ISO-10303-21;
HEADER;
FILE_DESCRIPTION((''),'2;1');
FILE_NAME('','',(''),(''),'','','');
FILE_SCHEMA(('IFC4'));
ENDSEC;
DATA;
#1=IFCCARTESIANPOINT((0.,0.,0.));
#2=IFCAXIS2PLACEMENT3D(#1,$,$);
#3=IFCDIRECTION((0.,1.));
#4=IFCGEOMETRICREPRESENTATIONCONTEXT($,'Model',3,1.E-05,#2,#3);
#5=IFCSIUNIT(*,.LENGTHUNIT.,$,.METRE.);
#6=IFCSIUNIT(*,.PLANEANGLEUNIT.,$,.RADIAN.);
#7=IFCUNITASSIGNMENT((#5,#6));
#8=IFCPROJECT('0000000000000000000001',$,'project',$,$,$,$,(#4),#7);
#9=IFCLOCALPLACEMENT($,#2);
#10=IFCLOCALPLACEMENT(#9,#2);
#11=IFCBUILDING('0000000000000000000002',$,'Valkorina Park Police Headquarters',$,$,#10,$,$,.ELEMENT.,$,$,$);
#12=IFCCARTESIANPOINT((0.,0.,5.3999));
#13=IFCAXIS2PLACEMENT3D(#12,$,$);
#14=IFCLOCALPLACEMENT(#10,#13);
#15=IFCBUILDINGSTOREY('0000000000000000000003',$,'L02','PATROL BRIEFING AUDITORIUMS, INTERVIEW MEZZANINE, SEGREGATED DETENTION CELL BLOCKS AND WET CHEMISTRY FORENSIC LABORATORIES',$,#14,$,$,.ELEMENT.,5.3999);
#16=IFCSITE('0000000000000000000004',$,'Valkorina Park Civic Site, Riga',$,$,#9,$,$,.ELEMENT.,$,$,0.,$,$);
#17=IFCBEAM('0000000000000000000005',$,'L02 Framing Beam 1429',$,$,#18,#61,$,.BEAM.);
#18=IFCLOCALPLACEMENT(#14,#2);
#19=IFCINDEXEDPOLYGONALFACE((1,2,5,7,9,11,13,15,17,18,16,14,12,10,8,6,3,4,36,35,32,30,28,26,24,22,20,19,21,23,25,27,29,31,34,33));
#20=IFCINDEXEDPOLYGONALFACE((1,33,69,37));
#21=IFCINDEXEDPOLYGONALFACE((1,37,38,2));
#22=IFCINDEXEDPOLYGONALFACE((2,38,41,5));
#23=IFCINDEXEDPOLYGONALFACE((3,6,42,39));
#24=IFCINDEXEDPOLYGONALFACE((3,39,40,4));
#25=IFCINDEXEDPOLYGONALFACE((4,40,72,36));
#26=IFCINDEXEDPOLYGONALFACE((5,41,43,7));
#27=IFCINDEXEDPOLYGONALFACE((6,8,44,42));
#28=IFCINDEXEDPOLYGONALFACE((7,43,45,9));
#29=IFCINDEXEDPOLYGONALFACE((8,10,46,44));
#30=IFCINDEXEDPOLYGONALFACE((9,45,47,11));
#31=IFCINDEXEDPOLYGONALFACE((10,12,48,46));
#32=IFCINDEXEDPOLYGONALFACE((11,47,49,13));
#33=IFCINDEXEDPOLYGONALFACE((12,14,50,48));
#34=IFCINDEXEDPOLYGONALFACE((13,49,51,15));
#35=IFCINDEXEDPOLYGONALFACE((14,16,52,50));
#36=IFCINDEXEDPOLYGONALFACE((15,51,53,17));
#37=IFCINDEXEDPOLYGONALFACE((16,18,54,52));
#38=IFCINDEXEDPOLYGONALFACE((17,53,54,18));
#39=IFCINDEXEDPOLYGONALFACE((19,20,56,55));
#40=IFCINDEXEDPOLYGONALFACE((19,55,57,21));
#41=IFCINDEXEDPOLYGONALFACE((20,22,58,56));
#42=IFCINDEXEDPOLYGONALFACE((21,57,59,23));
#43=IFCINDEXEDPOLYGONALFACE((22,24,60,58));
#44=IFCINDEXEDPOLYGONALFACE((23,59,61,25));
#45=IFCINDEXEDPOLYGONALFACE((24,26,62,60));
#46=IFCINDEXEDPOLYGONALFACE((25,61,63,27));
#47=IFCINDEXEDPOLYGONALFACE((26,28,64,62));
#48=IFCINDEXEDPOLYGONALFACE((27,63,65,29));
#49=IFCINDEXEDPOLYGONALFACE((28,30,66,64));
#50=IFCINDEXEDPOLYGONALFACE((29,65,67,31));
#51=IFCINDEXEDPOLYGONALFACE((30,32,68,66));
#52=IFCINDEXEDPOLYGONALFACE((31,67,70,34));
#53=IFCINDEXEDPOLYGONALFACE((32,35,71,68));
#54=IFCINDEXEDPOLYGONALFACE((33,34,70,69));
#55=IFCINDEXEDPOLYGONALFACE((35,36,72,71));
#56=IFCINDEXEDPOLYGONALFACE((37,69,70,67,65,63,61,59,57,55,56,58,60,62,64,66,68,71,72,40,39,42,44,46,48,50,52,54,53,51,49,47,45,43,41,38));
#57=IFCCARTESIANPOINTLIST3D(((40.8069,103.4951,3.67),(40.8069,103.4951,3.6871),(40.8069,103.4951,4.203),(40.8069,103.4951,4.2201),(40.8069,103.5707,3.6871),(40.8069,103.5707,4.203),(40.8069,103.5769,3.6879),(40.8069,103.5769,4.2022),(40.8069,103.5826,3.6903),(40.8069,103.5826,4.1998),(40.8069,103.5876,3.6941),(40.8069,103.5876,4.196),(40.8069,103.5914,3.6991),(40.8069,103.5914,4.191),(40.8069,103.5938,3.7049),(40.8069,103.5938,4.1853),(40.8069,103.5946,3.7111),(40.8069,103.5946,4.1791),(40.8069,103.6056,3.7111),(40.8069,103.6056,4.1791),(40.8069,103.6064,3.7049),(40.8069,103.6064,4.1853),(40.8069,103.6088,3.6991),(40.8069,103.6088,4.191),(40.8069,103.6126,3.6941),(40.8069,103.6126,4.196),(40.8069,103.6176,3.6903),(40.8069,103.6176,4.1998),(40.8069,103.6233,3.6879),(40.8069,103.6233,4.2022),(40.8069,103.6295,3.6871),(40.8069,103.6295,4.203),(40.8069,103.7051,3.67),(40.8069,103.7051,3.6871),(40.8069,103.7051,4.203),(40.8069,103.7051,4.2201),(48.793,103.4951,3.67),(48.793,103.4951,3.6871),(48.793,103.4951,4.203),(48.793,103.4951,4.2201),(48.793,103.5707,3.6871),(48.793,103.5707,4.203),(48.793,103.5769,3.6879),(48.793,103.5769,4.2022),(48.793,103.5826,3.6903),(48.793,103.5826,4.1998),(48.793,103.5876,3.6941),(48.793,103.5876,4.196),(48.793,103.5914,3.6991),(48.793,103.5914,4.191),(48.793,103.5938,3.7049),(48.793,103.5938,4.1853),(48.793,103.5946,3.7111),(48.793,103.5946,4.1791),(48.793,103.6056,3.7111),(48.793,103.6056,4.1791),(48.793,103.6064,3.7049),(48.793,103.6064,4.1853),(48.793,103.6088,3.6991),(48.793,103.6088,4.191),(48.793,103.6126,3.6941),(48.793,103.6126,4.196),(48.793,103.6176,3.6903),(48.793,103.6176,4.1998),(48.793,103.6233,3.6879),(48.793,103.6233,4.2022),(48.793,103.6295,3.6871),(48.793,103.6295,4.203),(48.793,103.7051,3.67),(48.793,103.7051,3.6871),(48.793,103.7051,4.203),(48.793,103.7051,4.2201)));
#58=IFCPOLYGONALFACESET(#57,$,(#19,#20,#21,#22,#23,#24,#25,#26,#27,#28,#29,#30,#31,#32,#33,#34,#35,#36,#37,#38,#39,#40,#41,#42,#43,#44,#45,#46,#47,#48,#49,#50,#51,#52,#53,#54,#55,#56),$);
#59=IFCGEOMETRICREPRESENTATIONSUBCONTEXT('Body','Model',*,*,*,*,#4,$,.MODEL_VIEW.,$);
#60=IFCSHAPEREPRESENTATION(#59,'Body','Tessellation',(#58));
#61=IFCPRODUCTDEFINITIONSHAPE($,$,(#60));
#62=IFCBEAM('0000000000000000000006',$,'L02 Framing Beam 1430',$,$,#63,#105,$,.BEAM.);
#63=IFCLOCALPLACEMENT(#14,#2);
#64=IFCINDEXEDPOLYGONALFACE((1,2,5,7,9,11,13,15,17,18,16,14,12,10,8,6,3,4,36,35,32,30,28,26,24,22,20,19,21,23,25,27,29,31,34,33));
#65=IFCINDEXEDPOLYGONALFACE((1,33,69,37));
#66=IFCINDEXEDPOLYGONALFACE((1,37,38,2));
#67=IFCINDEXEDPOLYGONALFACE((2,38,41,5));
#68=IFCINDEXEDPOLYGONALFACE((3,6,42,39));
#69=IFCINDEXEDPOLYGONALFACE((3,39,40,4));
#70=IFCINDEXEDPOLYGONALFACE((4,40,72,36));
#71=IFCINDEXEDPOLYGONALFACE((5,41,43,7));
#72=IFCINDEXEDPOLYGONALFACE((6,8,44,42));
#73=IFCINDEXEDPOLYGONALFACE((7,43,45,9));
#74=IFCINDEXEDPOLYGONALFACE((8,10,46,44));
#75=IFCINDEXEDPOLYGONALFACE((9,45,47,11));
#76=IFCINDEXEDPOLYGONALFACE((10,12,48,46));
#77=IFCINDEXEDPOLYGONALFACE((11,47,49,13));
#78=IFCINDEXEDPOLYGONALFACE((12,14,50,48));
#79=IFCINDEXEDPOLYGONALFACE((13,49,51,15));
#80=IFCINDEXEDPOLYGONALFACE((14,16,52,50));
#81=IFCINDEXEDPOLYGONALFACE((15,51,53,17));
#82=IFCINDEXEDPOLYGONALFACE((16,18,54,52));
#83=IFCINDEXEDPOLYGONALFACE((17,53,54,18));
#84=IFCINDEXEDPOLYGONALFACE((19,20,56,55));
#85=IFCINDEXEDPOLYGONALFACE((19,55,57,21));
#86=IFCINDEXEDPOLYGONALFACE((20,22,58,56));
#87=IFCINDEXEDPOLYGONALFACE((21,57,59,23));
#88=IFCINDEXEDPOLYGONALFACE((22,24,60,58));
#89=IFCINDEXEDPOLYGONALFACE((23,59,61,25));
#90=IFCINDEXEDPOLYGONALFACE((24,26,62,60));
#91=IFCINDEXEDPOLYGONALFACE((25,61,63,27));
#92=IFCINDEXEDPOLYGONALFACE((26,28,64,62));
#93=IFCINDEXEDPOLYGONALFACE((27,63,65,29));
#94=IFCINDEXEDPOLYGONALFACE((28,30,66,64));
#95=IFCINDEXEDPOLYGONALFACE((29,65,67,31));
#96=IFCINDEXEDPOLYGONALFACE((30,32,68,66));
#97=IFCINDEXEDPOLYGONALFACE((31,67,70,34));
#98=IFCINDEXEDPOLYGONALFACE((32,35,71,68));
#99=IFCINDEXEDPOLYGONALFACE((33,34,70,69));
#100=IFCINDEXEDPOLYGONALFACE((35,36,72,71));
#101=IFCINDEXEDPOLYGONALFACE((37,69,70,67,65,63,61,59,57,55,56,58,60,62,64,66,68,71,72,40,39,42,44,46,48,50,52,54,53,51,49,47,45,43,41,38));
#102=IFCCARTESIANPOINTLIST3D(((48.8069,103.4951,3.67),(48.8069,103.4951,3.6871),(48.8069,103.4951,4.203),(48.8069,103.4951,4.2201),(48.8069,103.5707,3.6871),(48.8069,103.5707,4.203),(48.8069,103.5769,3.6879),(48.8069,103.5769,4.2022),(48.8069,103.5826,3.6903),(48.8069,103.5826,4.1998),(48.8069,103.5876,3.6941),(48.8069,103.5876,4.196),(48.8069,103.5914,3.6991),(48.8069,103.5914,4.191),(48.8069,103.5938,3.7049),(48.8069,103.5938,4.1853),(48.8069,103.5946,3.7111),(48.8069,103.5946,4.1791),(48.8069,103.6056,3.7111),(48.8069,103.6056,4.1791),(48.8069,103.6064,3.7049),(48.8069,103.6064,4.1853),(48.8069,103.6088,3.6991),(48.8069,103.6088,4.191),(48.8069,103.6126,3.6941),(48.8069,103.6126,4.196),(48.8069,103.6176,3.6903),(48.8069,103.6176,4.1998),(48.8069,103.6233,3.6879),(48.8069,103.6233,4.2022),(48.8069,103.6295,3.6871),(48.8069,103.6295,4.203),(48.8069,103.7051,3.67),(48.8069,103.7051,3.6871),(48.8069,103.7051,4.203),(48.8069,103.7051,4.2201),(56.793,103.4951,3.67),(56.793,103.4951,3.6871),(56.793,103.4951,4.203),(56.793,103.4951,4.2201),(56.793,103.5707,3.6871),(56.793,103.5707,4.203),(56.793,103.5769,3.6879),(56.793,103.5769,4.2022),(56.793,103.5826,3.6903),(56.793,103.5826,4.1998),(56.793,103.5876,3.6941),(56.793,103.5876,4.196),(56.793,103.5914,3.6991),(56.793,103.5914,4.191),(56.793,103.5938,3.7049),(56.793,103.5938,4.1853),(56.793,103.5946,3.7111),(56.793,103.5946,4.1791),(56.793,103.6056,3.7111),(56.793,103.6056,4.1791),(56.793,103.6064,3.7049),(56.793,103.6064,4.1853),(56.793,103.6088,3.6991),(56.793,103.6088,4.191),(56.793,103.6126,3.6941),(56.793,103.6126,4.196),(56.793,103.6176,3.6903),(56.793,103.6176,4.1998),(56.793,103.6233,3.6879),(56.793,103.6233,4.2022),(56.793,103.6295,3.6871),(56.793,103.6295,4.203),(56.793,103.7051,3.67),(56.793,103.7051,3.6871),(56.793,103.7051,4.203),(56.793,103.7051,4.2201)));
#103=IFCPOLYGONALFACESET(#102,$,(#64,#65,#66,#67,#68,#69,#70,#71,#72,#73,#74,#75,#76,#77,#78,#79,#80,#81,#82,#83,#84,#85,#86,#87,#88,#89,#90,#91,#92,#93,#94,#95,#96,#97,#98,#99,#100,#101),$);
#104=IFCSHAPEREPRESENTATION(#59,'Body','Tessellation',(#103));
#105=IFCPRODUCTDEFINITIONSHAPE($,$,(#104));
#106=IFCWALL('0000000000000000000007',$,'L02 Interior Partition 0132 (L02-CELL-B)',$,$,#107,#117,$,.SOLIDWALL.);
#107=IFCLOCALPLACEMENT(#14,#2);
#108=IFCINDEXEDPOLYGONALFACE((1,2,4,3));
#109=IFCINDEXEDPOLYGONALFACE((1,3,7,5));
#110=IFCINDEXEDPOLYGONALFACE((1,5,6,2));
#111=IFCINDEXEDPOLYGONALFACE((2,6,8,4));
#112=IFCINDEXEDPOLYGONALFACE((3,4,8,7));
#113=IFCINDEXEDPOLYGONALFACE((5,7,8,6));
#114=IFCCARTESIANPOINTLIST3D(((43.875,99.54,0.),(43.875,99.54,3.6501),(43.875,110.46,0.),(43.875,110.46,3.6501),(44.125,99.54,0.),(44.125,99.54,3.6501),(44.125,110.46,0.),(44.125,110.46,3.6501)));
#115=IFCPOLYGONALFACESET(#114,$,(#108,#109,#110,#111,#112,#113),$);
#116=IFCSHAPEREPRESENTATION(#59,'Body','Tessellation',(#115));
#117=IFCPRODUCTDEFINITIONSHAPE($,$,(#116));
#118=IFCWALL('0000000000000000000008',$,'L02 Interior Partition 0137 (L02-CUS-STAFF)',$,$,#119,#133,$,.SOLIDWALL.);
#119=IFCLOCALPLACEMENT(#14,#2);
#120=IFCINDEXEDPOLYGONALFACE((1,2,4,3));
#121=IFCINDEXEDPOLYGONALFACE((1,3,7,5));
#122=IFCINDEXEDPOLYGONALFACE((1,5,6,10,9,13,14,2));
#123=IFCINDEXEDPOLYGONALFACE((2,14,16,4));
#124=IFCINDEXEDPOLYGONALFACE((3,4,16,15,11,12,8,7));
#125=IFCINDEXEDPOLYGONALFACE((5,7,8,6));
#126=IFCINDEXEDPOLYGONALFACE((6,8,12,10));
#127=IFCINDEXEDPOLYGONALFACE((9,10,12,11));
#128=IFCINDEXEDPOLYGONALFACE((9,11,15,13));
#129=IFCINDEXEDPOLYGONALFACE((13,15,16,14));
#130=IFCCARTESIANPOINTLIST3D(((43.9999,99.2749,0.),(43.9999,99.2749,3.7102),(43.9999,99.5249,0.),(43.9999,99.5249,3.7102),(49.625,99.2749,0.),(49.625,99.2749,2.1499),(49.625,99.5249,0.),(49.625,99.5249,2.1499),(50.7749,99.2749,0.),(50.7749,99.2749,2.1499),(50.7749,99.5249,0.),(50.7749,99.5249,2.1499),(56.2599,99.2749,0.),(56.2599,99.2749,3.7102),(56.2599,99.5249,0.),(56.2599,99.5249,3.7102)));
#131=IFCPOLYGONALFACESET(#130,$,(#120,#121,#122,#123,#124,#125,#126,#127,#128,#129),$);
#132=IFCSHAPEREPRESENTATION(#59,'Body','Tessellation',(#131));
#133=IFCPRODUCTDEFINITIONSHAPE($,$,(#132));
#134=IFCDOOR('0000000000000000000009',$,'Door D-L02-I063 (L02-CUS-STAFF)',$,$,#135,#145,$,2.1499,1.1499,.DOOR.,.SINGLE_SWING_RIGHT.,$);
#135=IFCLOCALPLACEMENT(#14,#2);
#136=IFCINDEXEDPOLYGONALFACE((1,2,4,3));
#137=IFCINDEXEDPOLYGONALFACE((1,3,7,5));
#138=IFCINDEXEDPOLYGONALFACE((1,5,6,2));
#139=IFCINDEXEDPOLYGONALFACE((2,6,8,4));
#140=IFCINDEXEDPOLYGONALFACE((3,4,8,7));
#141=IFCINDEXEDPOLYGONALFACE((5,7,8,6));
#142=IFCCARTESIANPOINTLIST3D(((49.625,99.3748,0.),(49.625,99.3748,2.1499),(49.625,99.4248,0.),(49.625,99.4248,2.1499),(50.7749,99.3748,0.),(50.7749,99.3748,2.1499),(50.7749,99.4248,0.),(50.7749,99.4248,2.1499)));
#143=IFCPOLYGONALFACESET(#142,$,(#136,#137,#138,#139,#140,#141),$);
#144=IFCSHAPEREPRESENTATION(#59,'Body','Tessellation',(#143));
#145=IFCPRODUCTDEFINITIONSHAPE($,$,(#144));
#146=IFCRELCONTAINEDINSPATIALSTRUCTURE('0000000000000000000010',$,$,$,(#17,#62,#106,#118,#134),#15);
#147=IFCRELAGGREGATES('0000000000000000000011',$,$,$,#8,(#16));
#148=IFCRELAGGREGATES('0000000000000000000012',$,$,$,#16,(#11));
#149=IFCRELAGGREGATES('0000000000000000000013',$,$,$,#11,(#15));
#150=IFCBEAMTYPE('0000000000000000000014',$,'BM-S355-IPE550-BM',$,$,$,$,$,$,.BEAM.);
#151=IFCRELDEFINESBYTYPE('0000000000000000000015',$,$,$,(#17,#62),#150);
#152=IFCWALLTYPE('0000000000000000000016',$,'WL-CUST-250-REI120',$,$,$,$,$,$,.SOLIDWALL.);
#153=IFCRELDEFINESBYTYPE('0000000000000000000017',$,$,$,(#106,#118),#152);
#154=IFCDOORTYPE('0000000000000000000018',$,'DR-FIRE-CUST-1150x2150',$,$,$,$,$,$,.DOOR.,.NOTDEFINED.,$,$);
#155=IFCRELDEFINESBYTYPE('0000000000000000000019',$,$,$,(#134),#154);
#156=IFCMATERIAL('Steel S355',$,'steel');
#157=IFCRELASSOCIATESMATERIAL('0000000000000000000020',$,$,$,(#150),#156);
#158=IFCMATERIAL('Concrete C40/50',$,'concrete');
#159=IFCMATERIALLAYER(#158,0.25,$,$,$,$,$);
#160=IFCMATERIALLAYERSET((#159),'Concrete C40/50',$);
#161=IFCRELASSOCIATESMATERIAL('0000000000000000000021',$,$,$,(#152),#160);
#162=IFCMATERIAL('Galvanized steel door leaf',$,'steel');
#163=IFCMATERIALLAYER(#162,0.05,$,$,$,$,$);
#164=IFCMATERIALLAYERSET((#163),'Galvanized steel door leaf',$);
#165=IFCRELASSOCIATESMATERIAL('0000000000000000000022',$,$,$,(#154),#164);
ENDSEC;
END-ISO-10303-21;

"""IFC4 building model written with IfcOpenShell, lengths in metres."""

from ifc_helpers import new_model, si_unit, direction, frame, frame_2d, origin, origin_2d, place, context, subcontext, project, spatial, rectangle, i_section, extrude, material, layer, layer_set, material_profile, profile_set, type_object, element, fill, save


model = new_model("IFC4")

# Units and contexts
model_context = context("Model", 3, precision=1e-05, world=origin(), true_north=direction((0.0, 1.0)))
body_context = subcontext(model_context, "Body", "Model", "MODEL_VIEW")
ifc_project = project(units=[si_unit("LENGTHUNIT", "METRE"), si_unit("PLANEANGLEUNIT", "RADIAN")], contexts=[model_context])

# Site, building, storey
site_placement = place(None, origin())
site = spatial("IfcSite", under=ifc_project, at=site_placement, Name="Valkorina Park Civic Site, Riga", CompositionType="ELEMENT", RefElevation=0.0)
building_placement = place(site_placement, origin())
building = spatial("IfcBuilding", under=site, at=building_placement, Name="Valkorina Park Police Headquarters", CompositionType="ELEMENT")
storey_placement = place(building_placement, frame((0.0, 0.0, 5.3999)))
storey = spatial("IfcBuildingStorey", under=building, at=storey_placement, Name="L02", Description="PATROL BRIEFING AUDITORIUMS, INTERVIEW MEZZANINE, SEGREGATED DETENTION CELL BLOCKS AND WET CHEMISTRY FORENSIC LABORATORIES", CompositionType="ELEMENT", Elevation=5.3999)

# Shared definitions
ifc_material_1 = material(Name="Steel S355", Category="steel")

# Beams
ifc_material_profile_1 = material_profile(ifc_material_1, i_section(OverallWidth=0.21, OverallDepth=0.55, WebThickness=0.011, FlangeThickness=0.0171, FilletRadius=0.0239, at=origin_2d()), Name="IPE 550")
ifc_profile_set_1 = profile_set([ifc_material_profile_1], Name="Steel S355")
beam_type_1 = type_object("IfcBeamType", Name="BM-S355-IPE550-BM", PredefinedType="BEAM", material=ifc_profile_set_1)
for number, where, z_axis, x_axis, name in (
    (1, (40.8069, 103.6001, 3.9451), (1.0, 0.0, 0.0), (0.0, 1.0, 0.0), "L02 Framing Beam 1429"),
    (2, (48.8069, 103.6001, 3.9451), (1.0, 0.0, 0.0), (0.0, 1.0, 0.0), "L02 Framing Beam 1430"),
):
    element("IfcBeam", number, at=place(storey_placement, frame(where, z_axis=z_axis, x_axis=x_axis)), inside=storey, type_object=beam_type_1, Name=name, PredefinedType="BEAM", context=body_context, shape_type="SweptSolid", body=[
        extrude(i_section(OverallWidth=0.21, OverallDepth=0.55, WebThickness=0.011, FlangeThickness=0.0171, FilletRadius=0.0239, at=origin_2d()), origin(), (0.0, 0.0, 1.0), 7.9861),
    ])

# Wall
ifc_material_2 = material(Name="Concrete C40/50", Category="concrete")
ifc_layer_1 = layer(ifc_material_2, 0.25)
ifc_layer_set_1 = layer_set([ifc_layer_1], Name="Concrete C40/50")
wall_type = type_object("IfcWallType", Name="WL-CUST-250-REI120", PredefinedType="SOLIDWALL", material=ifc_layer_set_1)
wall_1_placement = place(storey_placement, frame((44.0, 99.54, 0.0), z_axis=(0.0, 0.0, 1.0), x_axis=(0.0, 1.0, 0.0)))
element("IfcWall", 3, at=wall_1_placement, inside=storey, type_object=wall_type, Name="L02 Interior Partition 0132 (L02-CELL-B)", PredefinedType="SOLIDWALL", context=body_context, shape_type="SweptSolid", body=[
    extrude(rectangle(XDim=10.9199, YDim=0.25, at=frame_2d((5.46, 0.0))), origin(), (0.0, 0.0, 1.0), 3.6501),
])

# Wall, opening, door
wall_2_placement = place(storey_placement, frame((44.0, 99.3999, 0.0), z_axis=(0.0, 0.0, 1.0), x_axis=(1.0, 0.0, 0.0)))
wall_2 = element("IfcWall", 4, at=wall_2_placement, inside=storey, type_object=wall_type, Name="L02 Interior Partition 0137 (L02-CUS-STAFF)", PredefinedType="SOLIDWALL", context=body_context, shape_type="SweptSolid", body=[
    extrude(rectangle(XDim=12.26, YDim=0.25, at=frame_2d((6.1299, 0.0))), origin(), (0.0, 0.0, 1.0), 3.7102),
])
opening_placement = place(wall_2_placement, frame((5.625, 0.0, 0.0)))
opening = element("IfcOpeningElement", 5, at=opening_placement, cuts=wall_2, PredefinedType="OPENING", context=body_context, shape_type="SweptSolid", body=[
    extrude(rectangle(XDim=1.1499, YDim=2.1499, at=frame_2d((0.575, 1.075))), frame((0.0, 0.135, 0.0), z_axis=(0.0, -1.0, 0.0), x_axis=(1.0, 0.0, 0.0)), (0.0, 0.0, 1.0), 0.27),
])
ifc_material_3 = material(Name="Galvanized steel door leaf", Category="steel")
ifc_layer_2 = layer(ifc_material_3, 0.05)
ifc_layer_set_2 = layer_set([ifc_layer_2], Name="Galvanized steel door leaf")
door_type = type_object("IfcDoorType", Name="DR-FIRE-CUST-1150x2150", OperationType="NOTDEFINED", PredefinedType="DOOR", material=ifc_layer_set_2)
door_placement = place(opening_placement, origin())
door = element("IfcDoor", 6, at=door_placement, inside=storey, type_object=door_type, Name="Door D-L02-I063 (L02-CUS-STAFF)", OperationType="SINGLE_SWING_RIGHT", OverallHeight=2.1499, OverallWidth=1.1499, PredefinedType="DOOR", context=body_context, shape_type="SweptSolid", body=[
    extrude(rectangle(XDim=1.1499, YDim=2.1499, at=frame_2d((0.575, 1.075))), frame((0.0, 0.0249, 0.0), z_axis=(0.0, -1.0, 0.0), x_axis=(1.0, 0.0, 0.0)), (0.0, 0.0, 1.0), 0.05),
])
fill(opening, door)

save(model, "model.ifc")
